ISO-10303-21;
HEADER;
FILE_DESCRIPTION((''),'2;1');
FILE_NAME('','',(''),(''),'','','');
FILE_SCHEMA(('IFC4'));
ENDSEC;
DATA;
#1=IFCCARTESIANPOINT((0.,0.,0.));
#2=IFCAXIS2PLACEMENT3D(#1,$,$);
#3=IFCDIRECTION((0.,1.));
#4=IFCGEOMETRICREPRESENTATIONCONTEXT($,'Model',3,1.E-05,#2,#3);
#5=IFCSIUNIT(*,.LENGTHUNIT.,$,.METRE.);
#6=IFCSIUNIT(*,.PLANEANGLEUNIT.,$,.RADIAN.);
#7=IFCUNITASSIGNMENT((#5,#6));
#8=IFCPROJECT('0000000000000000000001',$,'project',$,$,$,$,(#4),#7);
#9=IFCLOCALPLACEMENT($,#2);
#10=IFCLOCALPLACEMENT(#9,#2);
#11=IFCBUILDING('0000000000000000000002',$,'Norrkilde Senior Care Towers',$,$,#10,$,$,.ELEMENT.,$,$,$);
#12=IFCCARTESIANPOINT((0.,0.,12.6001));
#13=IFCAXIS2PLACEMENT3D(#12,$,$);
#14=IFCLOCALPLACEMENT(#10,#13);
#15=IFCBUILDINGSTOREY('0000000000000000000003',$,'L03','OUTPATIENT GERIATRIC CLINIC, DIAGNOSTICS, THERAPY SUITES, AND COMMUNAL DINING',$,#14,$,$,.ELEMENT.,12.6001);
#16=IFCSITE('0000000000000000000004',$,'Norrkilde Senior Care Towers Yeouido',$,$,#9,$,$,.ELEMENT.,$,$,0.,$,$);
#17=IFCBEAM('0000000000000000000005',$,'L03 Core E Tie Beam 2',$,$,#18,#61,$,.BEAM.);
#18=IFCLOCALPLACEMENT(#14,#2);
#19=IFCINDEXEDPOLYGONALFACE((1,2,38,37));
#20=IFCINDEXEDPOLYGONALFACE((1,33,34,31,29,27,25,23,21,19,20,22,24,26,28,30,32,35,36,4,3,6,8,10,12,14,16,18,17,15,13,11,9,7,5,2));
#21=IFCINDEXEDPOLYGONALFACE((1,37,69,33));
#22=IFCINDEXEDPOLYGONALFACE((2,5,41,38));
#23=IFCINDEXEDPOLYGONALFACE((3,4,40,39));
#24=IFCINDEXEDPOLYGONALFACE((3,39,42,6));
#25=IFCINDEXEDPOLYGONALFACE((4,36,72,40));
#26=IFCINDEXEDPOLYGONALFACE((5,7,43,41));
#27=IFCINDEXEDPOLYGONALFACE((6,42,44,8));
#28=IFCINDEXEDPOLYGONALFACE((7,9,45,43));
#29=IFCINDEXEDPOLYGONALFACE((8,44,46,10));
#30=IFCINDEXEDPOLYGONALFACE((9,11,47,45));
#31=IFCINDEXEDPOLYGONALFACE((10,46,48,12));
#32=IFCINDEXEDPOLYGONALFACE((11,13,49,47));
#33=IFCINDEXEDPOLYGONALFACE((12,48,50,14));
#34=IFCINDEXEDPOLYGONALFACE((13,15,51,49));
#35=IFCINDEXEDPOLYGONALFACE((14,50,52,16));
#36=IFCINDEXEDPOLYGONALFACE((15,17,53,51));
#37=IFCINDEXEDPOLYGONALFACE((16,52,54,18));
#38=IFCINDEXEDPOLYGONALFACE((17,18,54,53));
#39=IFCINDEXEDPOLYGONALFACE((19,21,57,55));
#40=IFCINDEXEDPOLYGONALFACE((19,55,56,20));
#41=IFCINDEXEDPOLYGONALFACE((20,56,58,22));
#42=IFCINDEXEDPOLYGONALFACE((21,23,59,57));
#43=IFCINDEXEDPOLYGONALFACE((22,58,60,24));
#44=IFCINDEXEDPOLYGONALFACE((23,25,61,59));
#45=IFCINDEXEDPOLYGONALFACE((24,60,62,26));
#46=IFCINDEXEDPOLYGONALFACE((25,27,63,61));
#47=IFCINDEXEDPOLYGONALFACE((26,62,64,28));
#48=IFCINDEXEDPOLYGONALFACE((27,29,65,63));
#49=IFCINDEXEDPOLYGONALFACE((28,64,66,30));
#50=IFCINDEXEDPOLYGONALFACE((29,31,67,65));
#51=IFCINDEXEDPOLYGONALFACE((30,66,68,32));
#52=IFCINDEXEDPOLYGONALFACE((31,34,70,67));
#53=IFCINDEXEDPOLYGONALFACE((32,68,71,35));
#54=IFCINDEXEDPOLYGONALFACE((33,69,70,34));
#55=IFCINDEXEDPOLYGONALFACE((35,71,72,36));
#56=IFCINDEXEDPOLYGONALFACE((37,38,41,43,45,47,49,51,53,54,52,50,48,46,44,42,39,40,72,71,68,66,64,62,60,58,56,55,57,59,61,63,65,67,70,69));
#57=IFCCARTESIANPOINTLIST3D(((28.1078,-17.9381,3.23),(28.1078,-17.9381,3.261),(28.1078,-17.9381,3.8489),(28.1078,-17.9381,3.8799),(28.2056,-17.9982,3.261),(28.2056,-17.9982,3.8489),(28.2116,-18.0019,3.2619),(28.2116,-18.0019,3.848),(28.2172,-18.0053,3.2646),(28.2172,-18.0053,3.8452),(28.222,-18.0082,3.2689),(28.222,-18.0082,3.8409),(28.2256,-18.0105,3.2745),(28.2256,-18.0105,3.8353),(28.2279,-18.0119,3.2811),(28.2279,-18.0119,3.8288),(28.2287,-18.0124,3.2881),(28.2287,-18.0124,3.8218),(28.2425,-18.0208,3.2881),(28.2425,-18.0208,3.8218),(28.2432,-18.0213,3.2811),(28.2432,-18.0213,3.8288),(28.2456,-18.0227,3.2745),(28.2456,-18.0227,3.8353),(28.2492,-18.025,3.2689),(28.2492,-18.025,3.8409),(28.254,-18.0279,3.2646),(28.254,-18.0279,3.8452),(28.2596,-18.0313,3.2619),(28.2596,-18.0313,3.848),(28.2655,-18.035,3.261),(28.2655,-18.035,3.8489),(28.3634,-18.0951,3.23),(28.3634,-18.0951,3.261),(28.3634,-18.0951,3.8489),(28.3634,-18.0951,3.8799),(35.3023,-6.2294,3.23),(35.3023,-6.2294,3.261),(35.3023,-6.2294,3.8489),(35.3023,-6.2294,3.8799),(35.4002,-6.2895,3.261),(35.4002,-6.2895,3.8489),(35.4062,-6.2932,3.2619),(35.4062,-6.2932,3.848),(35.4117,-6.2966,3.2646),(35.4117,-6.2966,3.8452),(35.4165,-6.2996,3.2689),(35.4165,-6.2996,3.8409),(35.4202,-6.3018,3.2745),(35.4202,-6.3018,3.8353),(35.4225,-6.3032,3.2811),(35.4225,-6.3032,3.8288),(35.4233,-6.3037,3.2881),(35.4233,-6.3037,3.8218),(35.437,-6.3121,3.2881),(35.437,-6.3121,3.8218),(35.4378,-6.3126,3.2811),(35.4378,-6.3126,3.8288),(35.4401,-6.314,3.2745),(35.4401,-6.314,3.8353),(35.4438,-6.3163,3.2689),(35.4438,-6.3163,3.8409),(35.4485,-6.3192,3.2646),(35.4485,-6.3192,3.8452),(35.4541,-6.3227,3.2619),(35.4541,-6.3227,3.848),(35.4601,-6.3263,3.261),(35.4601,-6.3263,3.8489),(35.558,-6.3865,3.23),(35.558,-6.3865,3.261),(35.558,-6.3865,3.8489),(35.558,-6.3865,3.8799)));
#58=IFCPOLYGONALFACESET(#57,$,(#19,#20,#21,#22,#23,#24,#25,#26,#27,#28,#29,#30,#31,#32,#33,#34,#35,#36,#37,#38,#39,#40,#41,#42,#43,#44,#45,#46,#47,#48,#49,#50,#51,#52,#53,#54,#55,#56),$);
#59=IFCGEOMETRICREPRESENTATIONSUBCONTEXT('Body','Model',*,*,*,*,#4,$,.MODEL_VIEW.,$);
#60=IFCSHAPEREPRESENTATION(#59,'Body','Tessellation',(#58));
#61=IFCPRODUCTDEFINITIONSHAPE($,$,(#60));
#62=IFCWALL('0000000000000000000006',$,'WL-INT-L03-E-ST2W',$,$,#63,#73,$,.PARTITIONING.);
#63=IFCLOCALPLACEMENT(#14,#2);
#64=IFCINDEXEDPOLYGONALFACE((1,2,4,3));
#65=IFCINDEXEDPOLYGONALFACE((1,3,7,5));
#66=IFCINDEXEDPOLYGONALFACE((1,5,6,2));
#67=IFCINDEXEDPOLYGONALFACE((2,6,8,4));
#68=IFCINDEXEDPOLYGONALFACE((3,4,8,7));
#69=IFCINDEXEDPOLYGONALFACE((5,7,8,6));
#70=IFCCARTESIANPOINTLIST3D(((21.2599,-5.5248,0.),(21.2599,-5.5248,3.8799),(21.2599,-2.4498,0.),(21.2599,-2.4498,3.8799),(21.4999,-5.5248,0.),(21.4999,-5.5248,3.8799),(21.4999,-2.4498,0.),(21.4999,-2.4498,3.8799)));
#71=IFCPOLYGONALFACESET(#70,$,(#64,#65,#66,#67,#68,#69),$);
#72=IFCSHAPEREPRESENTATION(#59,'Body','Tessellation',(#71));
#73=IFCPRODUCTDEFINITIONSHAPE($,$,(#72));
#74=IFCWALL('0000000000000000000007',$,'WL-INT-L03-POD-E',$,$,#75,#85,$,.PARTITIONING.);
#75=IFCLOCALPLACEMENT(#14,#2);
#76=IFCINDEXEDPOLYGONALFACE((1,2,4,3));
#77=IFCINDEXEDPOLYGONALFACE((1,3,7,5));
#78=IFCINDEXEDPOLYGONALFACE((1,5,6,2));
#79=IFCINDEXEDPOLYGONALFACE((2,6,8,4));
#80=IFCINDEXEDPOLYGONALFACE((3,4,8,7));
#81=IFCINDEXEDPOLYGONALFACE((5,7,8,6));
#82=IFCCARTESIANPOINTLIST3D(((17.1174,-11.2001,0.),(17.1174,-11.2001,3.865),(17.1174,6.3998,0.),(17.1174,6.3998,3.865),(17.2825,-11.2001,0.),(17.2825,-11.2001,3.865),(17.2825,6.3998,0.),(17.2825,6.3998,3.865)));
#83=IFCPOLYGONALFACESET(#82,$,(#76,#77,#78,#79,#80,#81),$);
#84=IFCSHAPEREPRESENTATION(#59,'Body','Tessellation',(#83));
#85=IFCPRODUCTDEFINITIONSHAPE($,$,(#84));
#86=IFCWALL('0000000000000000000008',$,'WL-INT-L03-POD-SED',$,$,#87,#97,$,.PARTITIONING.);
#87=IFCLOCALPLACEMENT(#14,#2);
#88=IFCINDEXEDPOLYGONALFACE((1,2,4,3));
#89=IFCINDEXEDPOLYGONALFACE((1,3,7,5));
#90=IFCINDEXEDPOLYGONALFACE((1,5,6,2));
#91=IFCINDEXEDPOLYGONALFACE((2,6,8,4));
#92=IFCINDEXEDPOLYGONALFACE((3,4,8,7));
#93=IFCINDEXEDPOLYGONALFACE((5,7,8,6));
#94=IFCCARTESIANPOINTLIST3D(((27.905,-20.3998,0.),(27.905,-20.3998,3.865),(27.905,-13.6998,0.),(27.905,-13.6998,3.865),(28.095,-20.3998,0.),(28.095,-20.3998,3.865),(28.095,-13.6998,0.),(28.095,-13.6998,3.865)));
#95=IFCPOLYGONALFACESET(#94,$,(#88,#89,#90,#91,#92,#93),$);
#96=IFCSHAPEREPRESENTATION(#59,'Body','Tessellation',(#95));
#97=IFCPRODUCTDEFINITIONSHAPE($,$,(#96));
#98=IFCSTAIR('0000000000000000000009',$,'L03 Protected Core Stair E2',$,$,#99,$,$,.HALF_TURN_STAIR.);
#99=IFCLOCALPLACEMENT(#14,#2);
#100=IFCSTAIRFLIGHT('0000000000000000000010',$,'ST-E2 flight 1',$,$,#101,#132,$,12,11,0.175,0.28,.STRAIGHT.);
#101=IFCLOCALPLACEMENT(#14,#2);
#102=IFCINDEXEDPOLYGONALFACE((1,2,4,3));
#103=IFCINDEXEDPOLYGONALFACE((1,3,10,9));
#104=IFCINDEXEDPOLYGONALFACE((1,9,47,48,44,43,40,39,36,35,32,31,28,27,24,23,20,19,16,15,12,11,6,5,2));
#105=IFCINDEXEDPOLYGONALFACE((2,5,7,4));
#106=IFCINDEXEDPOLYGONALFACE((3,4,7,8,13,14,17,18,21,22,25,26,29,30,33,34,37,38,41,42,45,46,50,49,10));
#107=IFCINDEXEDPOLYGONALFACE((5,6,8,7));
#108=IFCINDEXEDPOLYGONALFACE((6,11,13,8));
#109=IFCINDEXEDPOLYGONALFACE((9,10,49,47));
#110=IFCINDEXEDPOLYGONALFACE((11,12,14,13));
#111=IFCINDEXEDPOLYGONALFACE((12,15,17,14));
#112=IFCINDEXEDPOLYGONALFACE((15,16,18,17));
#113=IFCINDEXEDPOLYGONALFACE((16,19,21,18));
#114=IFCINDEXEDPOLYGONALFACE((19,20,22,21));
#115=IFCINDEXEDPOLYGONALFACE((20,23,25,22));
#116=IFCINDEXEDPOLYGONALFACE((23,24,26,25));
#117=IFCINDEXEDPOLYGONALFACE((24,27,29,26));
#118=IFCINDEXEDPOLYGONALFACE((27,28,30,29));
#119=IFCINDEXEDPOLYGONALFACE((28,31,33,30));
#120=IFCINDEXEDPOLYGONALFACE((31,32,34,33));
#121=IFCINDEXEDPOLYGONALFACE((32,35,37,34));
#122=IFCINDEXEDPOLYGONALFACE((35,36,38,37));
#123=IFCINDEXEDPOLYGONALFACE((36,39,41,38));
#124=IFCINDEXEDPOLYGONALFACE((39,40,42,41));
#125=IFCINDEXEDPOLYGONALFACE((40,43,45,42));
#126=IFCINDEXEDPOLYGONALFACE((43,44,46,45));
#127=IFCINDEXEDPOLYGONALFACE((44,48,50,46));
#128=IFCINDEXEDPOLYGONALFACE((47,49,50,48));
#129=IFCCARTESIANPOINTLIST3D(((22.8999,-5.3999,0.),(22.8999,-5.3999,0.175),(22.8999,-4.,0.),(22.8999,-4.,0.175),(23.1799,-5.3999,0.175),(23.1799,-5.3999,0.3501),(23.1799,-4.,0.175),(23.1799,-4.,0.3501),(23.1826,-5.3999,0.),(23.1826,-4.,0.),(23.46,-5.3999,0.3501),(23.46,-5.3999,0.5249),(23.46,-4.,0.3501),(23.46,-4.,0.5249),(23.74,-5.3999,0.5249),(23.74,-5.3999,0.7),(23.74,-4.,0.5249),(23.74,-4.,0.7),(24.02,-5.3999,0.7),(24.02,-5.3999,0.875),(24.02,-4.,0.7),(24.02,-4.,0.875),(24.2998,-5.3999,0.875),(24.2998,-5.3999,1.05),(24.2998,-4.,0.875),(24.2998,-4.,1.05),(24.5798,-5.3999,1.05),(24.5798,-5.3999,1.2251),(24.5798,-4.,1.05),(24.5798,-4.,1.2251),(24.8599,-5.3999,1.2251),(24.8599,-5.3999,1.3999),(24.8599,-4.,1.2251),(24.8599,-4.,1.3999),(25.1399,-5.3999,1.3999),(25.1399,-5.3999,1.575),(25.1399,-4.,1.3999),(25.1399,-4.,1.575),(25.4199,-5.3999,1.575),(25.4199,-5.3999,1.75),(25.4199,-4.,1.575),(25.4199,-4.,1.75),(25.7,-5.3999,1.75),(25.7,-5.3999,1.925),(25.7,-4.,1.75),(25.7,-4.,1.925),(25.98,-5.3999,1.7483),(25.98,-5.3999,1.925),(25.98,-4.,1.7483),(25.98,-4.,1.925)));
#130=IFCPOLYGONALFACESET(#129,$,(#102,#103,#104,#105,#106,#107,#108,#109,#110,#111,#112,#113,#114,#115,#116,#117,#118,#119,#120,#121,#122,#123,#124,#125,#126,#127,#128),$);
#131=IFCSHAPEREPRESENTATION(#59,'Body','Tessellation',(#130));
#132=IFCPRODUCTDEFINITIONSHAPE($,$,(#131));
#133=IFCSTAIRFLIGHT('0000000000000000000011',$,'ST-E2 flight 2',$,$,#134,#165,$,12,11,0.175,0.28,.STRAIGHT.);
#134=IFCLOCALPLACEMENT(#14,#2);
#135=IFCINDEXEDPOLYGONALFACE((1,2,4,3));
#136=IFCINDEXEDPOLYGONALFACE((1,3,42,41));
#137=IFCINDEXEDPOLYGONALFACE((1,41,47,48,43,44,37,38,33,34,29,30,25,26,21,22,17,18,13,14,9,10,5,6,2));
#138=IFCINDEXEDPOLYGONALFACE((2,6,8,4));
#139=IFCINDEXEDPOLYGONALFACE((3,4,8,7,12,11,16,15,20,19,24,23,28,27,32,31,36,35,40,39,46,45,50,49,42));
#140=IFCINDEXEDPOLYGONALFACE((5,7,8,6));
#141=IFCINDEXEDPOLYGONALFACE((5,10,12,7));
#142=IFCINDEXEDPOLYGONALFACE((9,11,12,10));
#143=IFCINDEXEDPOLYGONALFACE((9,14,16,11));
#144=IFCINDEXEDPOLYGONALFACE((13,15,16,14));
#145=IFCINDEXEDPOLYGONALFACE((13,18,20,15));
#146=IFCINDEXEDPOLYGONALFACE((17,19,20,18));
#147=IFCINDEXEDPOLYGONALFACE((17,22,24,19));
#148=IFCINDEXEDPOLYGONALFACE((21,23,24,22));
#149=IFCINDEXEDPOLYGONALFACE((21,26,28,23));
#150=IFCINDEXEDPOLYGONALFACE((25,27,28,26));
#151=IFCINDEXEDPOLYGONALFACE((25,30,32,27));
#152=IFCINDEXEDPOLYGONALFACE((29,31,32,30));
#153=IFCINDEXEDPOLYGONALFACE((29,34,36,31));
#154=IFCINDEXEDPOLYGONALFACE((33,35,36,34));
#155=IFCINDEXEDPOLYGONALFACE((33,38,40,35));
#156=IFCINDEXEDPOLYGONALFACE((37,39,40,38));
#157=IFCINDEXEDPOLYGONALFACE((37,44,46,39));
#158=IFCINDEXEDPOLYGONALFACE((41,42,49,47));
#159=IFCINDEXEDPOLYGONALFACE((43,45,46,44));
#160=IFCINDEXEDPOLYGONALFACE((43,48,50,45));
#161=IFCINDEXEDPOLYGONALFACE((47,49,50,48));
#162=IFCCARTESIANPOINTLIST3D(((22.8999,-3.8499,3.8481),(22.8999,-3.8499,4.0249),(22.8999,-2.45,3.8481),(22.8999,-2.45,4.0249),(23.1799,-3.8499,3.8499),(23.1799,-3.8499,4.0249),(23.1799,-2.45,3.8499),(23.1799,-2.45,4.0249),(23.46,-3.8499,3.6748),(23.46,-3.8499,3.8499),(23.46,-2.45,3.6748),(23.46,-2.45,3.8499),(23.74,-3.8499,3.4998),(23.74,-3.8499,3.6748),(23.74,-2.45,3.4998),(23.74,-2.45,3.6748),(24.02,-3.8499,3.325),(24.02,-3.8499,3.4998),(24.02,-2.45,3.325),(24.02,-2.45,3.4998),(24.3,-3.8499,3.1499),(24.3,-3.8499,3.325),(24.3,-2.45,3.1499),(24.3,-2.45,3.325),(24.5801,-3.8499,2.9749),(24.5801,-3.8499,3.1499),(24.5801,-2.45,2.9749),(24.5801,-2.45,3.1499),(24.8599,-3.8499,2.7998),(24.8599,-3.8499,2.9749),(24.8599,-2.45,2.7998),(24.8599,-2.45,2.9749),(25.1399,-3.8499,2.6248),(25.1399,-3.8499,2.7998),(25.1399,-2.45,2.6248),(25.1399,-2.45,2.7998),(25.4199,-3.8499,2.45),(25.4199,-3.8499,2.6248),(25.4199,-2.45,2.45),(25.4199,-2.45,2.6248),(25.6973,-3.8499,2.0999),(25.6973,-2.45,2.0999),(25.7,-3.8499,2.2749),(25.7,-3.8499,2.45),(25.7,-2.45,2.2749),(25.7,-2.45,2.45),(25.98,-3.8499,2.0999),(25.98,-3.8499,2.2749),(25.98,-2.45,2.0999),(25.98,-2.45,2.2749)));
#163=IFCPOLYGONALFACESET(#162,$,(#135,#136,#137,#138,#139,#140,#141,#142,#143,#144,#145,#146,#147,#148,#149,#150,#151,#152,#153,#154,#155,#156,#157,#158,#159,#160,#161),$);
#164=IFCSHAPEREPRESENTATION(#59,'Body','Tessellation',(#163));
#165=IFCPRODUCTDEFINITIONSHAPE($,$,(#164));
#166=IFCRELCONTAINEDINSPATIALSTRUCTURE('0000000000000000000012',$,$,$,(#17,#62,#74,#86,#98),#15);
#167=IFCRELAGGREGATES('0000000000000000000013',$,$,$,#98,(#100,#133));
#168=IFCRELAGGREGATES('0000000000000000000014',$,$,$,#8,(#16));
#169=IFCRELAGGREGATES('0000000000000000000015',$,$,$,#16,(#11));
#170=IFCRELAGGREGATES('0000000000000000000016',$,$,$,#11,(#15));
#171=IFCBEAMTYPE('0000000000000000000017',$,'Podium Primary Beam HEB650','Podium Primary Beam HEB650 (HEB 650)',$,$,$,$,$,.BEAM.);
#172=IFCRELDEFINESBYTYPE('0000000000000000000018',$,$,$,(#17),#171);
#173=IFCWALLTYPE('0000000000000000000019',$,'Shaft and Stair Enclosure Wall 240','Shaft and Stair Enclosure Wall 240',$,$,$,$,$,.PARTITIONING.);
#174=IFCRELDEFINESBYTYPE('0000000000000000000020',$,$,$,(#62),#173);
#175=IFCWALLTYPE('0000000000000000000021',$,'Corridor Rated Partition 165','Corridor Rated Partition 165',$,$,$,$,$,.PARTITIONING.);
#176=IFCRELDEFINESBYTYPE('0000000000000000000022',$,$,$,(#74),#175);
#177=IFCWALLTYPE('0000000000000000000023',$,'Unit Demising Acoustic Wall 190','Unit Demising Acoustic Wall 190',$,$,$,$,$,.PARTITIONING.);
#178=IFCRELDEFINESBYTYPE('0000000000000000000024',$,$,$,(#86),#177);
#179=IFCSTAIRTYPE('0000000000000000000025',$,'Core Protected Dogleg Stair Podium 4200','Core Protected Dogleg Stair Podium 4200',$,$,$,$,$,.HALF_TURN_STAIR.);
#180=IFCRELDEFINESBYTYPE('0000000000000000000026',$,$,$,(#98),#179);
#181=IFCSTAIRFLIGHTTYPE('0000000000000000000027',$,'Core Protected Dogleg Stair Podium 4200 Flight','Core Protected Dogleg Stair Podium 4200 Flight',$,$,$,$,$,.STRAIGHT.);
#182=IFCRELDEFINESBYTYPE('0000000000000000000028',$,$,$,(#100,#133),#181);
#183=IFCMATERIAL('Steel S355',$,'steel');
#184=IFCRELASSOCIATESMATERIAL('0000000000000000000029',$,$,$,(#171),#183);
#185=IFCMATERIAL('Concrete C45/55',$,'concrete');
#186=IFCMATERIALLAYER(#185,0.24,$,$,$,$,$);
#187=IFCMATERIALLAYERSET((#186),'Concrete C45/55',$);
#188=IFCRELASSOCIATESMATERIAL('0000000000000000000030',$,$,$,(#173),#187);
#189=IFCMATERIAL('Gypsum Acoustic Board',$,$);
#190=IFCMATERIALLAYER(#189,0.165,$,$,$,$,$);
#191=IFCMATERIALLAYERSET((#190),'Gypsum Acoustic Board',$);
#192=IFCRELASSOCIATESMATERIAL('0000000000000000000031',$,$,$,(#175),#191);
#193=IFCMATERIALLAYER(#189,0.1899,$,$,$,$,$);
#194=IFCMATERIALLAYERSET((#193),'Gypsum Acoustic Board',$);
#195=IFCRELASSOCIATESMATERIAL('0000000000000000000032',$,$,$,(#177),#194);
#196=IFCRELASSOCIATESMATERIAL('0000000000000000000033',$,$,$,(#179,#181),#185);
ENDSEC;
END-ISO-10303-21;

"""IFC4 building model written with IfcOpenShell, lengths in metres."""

from ifc_helpers import new_model, si_unit, direction, frame, frame_2d, origin, origin_2d, place, context, subcontext, project, spatial, polyline, rectangle, i_section, outline, extrude, source, transform, mapped, material, layer, layer_set, material_profile, profile_set, type_object, type_shapes, element, aggregate, save


model = new_model("IFC4")

# Units and contexts
model_context = context("Model", 3, precision=1e-05, world=origin(), true_north=direction((0.0, 1.0)))
body_context = subcontext(model_context, "Body", "Model", "MODEL_VIEW")
ifc_project = project(units=[si_unit("LENGTHUNIT", "METRE"), si_unit("PLANEANGLEUNIT", "RADIAN")], contexts=[model_context])

# Site, building, storey
site_placement = place(None, origin())
site = spatial("IfcSite", under=ifc_project, at=site_placement, Name="Norrkilde Senior Care Towers Yeouido", CompositionType="ELEMENT", RefElevation=0.0)
building_placement = place(site_placement, origin())
building = spatial("IfcBuilding", under=site, at=building_placement, Name="Norrkilde Senior Care Towers", CompositionType="ELEMENT")
storey_placement = place(building_placement, frame((0.0, 0.0, 12.6001)))
storey = spatial("IfcBuildingStorey", under=building, at=storey_placement, Name="L03", Description="OUTPATIENT GERIATRIC CLINIC, DIAGNOSTICS, THERAPY SUITES, AND COMMUNAL DINING", CompositionType="ELEMENT", Elevation=12.6001)

# Beam
ifc_material_1 = material(Name="Steel S355", Category="steel")
ifc_material_profile_1 = material_profile(ifc_material_1, i_section(OverallWidth=0.3, OverallDepth=0.6499, WebThickness=0.0161, FlangeThickness=0.031, FilletRadius=0.0271, at=origin_2d()), Name="HEB 650")
ifc_profile_set_1 = profile_set([ifc_material_profile_1], Name="Steel S355")
beam_type_1 = type_object("IfcBeamType", Name="Podium Primary Beam HEB650", Description="Podium Primary Beam HEB650 (HEB 650)", PredefinedType="BEAM", material=ifc_profile_set_1)
shared_shape_1 = source(origin(), body_context, "Body", "SweptSolid", [
    extrude(i_section(OverallWidth=0.3, OverallDepth=0.6499, WebThickness=0.0161, FlangeThickness=0.031, FilletRadius=0.0271, at=origin_2d()), origin(), (0.0, 0.0, 1.0), 13.7424),
])
for number, where, z_axis, x_axis, name in (
    (1, (28.2356, -18.0166, 3.5549), (0.523527, 0.852009, 0.0), (-0.852009, 0.523527, 0.0), "L03 Core E Tie Beam 2"),
):
    element("IfcBeam", number, at=place(storey_placement, frame(where, z_axis=z_axis, x_axis=x_axis)), inside=storey, type_object=beam_type_1, Name=name, PredefinedType="BEAM", context=body_context, shape_type="MappedRepresentation", body=[
        mapped(shared_shape_1, transform((0.0, 0.0, 0.0), x_axis=(1.0, 0.0, 0.0), y_axis=(0.0, 1.0, 0.0), z_axis=(0.0, 0.0, 1.0), scale=1.0)),
    ])

# Walls
ifc_material_2 = material(Name="Concrete C45/55", Category="concrete")
ifc_layer_1 = layer(ifc_material_2, 0.24)
ifc_layer_set_1 = layer_set([ifc_layer_1], Name="Concrete C45/55")
wall_type_1 = type_object("IfcWallType", Name="Shaft and Stair Enclosure Wall 240", Description="Shaft and Stair Enclosure Wall 240", PredefinedType="PARTITIONING", material=ifc_layer_set_1)
shared_shape_2 = source(origin(), body_context, "Body", "SweptSolid", [
    extrude(rectangle(XDim=3.075, YDim=0.24, at=frame_2d((1.5376, 0.0))), origin(), (0.0, 0.0, 1.0), 3.8799),
])
type_shapes(wall_type_1, [shared_shape_2])
wall_1_placement = place(storey_placement, frame((21.3799, -5.5249, 0.0), z_axis=(0.0, 0.0, 1.0), x_axis=(0.0, 1.0, 0.0)))
element("IfcWall", 2, at=wall_1_placement, inside=storey, type_object=wall_type_1, Name="WL-INT-L03-E-ST2W", PredefinedType="PARTITIONING", context=body_context, shape_type="MappedRepresentation", body=[
    mapped(shared_shape_2, transform((0.0, 0.0, 0.0), x_axis=(1.0, 0.0, 0.0), y_axis=(0.0, 1.0, 0.0), z_axis=(0.0, 0.0, 1.0), scale=1.0)),
])
ifc_material_3 = material(Name="Gypsum Acoustic Board")
ifc_layer_2 = layer(ifc_material_3, 0.165)
ifc_layer_set_2 = layer_set([ifc_layer_2], Name="Gypsum Acoustic Board")
wall_type_2 = type_object("IfcWallType", Name="Corridor Rated Partition 165", Description="Corridor Rated Partition 165", PredefinedType="PARTITIONING", material=ifc_layer_set_2)
shared_shape_3 = source(origin(), body_context, "Body", "SweptSolid", [
    extrude(rectangle(XDim=17.5999, YDim=0.165, at=frame_2d((8.7998, 0.0))), origin(), (0.0, 0.0, 1.0), 3.865),
])
type_shapes(wall_type_2, [shared_shape_3])
wall_2_placement = place(storey_placement, frame((17.2, -11.2, 0.0), z_axis=(0.0, 0.0, 1.0), x_axis=(0.0, 1.0, 0.0)))
element("IfcWall", 3, at=wall_2_placement, inside=storey, type_object=wall_type_2, Name="WL-INT-L03-POD-E", PredefinedType="PARTITIONING", context=body_context, shape_type="MappedRepresentation", body=[
    mapped(shared_shape_3, transform((0.0, 0.0, 0.0), x_axis=(1.0, 0.0, 0.0), y_axis=(0.0, 1.0, 0.0), z_axis=(0.0, 0.0, 1.0), scale=1.0)),
])
ifc_layer_3 = layer(ifc_material_3, 0.1899)
ifc_layer_set_3 = layer_set([ifc_layer_3], Name="Gypsum Acoustic Board")
wall_type_3 = type_object("IfcWallType", Name="Unit Demising Acoustic Wall 190", Description="Unit Demising Acoustic Wall 190", PredefinedType="PARTITIONING", material=ifc_layer_set_3)
shared_shape_4 = source(origin(), body_context, "Body", "SweptSolid", [
    extrude(rectangle(XDim=6.7, YDim=0.1899, at=frame_2d((3.3501, 0.0))), origin(), (0.0, 0.0, 1.0), 3.865),
])
type_shapes(wall_type_3, [shared_shape_4])
wall_3_placement = place(storey_placement, frame((28.0, -20.3999, 0.0), z_axis=(0.0, 0.0, 1.0), x_axis=(0.0, 1.0, 0.0)))
element("IfcWall", 4, at=wall_3_placement, inside=storey, type_object=wall_type_3, Name="WL-INT-L03-POD-SED", PredefinedType="PARTITIONING", context=body_context, shape_type="MappedRepresentation", body=[
    mapped(shared_shape_4, transform((0.0, 0.0, 0.0), x_axis=(1.0, 0.0, 0.0), y_axis=(0.0, 1.0, 0.0), z_axis=(0.0, 0.0, 1.0), scale=1.0)),
])

# Stair, stair flights
stair_type = type_object("IfcStairType", Name="Core Protected Dogleg Stair Podium 4200", Description="Core Protected Dogleg Stair Podium 4200", PredefinedType="HALF_TURN_STAIR", material=ifc_material_2)
stair_placement = place(storey_placement, origin())
stair = element("IfcStair", 5, at=stair_placement, inside=storey, type_object=stair_type, Name="L03 Protected Core Stair E2", PredefinedType="HALF_TURN_STAIR")
stair_flight_type = type_object("IfcStairFlightType", Name="Core Protected Dogleg Stair Podium 4200 Flight", Description="Core Protected Dogleg Stair Podium 4200 Flight", PredefinedType="STRAIGHT", material=ifc_material_2)
stair_flight_1_placement = place(storey_placement, frame((22.8999, -4.7, 0.0), z_axis=(0.0, 0.0, 1.0), x_axis=(1.0, 0.0, 0.0)))
stair_flight_1 = element("IfcStairFlight", 6, at=stair_flight_1_placement, type_object=stair_flight_type, Name="ST-E2 flight 1", NumberOfRisers=12, NumberOfTreads=11, PredefinedType="STRAIGHT", RiserHeight=0.175, TreadLength=0.28, context=body_context, shape_type="SweptSolid", body=[
    extrude(outline(polyline([(0.0, 0.0), (0.0, 0.175), (0.28, 0.175), (0.28, 0.3501), (0.5601, 0.3501), (0.5601, 0.5249), (0.8401, 0.5249), (0.8401, 0.7), (1.1201, 0.7), (1.1201, 0.875), (1.3999, 0.875), (1.3999, 1.05), (1.6799, 1.05), (1.6799, 1.2251), (1.96, 1.2251), (1.96, 1.3999), (2.24, 1.3999), (2.24, 1.575), (2.52, 1.575), (2.52, 1.75), (2.8, 1.75), (2.8, 1.925), (3.0801, 1.925), (3.0801, 2.1001), (3.0801, 1.7483), (0.2827, 0.0), (0.0, 0.0)])), frame((0.0, 0.7, 0.0), z_axis=(0.0, -1.0, 0.0), x_axis=(1.0, 0.0, 0.0)), (0.0, 0.0, 1.0), 1.3999),
])
stair_flight_2_placement = place(storey_placement, frame((25.98, -3.1499, 2.0999), z_axis=(0.0, 0.0, 1.0), x_axis=(-1.0, 0.0, 0.0)))
stair_flight_2 = element("IfcStairFlight", 7, at=stair_flight_2_placement, type_object=stair_flight_type, Name="ST-E2 flight 2", NumberOfRisers=12, NumberOfTreads=11, PredefinedType="STRAIGHT", RiserHeight=0.175, TreadLength=0.28, context=body_context, shape_type="SweptSolid", body=[
    extrude(outline(polyline([(0.0, 0.0), (0.0, 0.175), (0.28, 0.175), (0.28, 0.3501), (0.5601, 0.3501), (0.5601, 0.5249), (0.8401, 0.5249), (0.8401, 0.7), (1.1201, 0.7), (1.1201, 0.875), (1.3999, 0.875), (1.3999, 1.05), (1.6799, 1.05), (1.6799, 1.2251), (1.96, 1.2251), (1.96, 1.3999), (2.24, 1.3999), (2.24, 1.575), (2.52, 1.575), (2.52, 1.75), (2.8, 1.75), (2.8, 1.925), (3.0801, 1.925), (3.0801, 2.1001), (3.0801, 1.7483), (0.2827, 0.0), (0.0, 0.0)])), frame((0.0, 0.7, 0.0), z_axis=(0.0, -1.0, 0.0), x_axis=(1.0, 0.0, 0.0)), (0.0, 0.0, 1.0), 1.3999),
])
aggregate(stair, [stair_flight_1, stair_flight_2])

save(model, "model.ifc")
